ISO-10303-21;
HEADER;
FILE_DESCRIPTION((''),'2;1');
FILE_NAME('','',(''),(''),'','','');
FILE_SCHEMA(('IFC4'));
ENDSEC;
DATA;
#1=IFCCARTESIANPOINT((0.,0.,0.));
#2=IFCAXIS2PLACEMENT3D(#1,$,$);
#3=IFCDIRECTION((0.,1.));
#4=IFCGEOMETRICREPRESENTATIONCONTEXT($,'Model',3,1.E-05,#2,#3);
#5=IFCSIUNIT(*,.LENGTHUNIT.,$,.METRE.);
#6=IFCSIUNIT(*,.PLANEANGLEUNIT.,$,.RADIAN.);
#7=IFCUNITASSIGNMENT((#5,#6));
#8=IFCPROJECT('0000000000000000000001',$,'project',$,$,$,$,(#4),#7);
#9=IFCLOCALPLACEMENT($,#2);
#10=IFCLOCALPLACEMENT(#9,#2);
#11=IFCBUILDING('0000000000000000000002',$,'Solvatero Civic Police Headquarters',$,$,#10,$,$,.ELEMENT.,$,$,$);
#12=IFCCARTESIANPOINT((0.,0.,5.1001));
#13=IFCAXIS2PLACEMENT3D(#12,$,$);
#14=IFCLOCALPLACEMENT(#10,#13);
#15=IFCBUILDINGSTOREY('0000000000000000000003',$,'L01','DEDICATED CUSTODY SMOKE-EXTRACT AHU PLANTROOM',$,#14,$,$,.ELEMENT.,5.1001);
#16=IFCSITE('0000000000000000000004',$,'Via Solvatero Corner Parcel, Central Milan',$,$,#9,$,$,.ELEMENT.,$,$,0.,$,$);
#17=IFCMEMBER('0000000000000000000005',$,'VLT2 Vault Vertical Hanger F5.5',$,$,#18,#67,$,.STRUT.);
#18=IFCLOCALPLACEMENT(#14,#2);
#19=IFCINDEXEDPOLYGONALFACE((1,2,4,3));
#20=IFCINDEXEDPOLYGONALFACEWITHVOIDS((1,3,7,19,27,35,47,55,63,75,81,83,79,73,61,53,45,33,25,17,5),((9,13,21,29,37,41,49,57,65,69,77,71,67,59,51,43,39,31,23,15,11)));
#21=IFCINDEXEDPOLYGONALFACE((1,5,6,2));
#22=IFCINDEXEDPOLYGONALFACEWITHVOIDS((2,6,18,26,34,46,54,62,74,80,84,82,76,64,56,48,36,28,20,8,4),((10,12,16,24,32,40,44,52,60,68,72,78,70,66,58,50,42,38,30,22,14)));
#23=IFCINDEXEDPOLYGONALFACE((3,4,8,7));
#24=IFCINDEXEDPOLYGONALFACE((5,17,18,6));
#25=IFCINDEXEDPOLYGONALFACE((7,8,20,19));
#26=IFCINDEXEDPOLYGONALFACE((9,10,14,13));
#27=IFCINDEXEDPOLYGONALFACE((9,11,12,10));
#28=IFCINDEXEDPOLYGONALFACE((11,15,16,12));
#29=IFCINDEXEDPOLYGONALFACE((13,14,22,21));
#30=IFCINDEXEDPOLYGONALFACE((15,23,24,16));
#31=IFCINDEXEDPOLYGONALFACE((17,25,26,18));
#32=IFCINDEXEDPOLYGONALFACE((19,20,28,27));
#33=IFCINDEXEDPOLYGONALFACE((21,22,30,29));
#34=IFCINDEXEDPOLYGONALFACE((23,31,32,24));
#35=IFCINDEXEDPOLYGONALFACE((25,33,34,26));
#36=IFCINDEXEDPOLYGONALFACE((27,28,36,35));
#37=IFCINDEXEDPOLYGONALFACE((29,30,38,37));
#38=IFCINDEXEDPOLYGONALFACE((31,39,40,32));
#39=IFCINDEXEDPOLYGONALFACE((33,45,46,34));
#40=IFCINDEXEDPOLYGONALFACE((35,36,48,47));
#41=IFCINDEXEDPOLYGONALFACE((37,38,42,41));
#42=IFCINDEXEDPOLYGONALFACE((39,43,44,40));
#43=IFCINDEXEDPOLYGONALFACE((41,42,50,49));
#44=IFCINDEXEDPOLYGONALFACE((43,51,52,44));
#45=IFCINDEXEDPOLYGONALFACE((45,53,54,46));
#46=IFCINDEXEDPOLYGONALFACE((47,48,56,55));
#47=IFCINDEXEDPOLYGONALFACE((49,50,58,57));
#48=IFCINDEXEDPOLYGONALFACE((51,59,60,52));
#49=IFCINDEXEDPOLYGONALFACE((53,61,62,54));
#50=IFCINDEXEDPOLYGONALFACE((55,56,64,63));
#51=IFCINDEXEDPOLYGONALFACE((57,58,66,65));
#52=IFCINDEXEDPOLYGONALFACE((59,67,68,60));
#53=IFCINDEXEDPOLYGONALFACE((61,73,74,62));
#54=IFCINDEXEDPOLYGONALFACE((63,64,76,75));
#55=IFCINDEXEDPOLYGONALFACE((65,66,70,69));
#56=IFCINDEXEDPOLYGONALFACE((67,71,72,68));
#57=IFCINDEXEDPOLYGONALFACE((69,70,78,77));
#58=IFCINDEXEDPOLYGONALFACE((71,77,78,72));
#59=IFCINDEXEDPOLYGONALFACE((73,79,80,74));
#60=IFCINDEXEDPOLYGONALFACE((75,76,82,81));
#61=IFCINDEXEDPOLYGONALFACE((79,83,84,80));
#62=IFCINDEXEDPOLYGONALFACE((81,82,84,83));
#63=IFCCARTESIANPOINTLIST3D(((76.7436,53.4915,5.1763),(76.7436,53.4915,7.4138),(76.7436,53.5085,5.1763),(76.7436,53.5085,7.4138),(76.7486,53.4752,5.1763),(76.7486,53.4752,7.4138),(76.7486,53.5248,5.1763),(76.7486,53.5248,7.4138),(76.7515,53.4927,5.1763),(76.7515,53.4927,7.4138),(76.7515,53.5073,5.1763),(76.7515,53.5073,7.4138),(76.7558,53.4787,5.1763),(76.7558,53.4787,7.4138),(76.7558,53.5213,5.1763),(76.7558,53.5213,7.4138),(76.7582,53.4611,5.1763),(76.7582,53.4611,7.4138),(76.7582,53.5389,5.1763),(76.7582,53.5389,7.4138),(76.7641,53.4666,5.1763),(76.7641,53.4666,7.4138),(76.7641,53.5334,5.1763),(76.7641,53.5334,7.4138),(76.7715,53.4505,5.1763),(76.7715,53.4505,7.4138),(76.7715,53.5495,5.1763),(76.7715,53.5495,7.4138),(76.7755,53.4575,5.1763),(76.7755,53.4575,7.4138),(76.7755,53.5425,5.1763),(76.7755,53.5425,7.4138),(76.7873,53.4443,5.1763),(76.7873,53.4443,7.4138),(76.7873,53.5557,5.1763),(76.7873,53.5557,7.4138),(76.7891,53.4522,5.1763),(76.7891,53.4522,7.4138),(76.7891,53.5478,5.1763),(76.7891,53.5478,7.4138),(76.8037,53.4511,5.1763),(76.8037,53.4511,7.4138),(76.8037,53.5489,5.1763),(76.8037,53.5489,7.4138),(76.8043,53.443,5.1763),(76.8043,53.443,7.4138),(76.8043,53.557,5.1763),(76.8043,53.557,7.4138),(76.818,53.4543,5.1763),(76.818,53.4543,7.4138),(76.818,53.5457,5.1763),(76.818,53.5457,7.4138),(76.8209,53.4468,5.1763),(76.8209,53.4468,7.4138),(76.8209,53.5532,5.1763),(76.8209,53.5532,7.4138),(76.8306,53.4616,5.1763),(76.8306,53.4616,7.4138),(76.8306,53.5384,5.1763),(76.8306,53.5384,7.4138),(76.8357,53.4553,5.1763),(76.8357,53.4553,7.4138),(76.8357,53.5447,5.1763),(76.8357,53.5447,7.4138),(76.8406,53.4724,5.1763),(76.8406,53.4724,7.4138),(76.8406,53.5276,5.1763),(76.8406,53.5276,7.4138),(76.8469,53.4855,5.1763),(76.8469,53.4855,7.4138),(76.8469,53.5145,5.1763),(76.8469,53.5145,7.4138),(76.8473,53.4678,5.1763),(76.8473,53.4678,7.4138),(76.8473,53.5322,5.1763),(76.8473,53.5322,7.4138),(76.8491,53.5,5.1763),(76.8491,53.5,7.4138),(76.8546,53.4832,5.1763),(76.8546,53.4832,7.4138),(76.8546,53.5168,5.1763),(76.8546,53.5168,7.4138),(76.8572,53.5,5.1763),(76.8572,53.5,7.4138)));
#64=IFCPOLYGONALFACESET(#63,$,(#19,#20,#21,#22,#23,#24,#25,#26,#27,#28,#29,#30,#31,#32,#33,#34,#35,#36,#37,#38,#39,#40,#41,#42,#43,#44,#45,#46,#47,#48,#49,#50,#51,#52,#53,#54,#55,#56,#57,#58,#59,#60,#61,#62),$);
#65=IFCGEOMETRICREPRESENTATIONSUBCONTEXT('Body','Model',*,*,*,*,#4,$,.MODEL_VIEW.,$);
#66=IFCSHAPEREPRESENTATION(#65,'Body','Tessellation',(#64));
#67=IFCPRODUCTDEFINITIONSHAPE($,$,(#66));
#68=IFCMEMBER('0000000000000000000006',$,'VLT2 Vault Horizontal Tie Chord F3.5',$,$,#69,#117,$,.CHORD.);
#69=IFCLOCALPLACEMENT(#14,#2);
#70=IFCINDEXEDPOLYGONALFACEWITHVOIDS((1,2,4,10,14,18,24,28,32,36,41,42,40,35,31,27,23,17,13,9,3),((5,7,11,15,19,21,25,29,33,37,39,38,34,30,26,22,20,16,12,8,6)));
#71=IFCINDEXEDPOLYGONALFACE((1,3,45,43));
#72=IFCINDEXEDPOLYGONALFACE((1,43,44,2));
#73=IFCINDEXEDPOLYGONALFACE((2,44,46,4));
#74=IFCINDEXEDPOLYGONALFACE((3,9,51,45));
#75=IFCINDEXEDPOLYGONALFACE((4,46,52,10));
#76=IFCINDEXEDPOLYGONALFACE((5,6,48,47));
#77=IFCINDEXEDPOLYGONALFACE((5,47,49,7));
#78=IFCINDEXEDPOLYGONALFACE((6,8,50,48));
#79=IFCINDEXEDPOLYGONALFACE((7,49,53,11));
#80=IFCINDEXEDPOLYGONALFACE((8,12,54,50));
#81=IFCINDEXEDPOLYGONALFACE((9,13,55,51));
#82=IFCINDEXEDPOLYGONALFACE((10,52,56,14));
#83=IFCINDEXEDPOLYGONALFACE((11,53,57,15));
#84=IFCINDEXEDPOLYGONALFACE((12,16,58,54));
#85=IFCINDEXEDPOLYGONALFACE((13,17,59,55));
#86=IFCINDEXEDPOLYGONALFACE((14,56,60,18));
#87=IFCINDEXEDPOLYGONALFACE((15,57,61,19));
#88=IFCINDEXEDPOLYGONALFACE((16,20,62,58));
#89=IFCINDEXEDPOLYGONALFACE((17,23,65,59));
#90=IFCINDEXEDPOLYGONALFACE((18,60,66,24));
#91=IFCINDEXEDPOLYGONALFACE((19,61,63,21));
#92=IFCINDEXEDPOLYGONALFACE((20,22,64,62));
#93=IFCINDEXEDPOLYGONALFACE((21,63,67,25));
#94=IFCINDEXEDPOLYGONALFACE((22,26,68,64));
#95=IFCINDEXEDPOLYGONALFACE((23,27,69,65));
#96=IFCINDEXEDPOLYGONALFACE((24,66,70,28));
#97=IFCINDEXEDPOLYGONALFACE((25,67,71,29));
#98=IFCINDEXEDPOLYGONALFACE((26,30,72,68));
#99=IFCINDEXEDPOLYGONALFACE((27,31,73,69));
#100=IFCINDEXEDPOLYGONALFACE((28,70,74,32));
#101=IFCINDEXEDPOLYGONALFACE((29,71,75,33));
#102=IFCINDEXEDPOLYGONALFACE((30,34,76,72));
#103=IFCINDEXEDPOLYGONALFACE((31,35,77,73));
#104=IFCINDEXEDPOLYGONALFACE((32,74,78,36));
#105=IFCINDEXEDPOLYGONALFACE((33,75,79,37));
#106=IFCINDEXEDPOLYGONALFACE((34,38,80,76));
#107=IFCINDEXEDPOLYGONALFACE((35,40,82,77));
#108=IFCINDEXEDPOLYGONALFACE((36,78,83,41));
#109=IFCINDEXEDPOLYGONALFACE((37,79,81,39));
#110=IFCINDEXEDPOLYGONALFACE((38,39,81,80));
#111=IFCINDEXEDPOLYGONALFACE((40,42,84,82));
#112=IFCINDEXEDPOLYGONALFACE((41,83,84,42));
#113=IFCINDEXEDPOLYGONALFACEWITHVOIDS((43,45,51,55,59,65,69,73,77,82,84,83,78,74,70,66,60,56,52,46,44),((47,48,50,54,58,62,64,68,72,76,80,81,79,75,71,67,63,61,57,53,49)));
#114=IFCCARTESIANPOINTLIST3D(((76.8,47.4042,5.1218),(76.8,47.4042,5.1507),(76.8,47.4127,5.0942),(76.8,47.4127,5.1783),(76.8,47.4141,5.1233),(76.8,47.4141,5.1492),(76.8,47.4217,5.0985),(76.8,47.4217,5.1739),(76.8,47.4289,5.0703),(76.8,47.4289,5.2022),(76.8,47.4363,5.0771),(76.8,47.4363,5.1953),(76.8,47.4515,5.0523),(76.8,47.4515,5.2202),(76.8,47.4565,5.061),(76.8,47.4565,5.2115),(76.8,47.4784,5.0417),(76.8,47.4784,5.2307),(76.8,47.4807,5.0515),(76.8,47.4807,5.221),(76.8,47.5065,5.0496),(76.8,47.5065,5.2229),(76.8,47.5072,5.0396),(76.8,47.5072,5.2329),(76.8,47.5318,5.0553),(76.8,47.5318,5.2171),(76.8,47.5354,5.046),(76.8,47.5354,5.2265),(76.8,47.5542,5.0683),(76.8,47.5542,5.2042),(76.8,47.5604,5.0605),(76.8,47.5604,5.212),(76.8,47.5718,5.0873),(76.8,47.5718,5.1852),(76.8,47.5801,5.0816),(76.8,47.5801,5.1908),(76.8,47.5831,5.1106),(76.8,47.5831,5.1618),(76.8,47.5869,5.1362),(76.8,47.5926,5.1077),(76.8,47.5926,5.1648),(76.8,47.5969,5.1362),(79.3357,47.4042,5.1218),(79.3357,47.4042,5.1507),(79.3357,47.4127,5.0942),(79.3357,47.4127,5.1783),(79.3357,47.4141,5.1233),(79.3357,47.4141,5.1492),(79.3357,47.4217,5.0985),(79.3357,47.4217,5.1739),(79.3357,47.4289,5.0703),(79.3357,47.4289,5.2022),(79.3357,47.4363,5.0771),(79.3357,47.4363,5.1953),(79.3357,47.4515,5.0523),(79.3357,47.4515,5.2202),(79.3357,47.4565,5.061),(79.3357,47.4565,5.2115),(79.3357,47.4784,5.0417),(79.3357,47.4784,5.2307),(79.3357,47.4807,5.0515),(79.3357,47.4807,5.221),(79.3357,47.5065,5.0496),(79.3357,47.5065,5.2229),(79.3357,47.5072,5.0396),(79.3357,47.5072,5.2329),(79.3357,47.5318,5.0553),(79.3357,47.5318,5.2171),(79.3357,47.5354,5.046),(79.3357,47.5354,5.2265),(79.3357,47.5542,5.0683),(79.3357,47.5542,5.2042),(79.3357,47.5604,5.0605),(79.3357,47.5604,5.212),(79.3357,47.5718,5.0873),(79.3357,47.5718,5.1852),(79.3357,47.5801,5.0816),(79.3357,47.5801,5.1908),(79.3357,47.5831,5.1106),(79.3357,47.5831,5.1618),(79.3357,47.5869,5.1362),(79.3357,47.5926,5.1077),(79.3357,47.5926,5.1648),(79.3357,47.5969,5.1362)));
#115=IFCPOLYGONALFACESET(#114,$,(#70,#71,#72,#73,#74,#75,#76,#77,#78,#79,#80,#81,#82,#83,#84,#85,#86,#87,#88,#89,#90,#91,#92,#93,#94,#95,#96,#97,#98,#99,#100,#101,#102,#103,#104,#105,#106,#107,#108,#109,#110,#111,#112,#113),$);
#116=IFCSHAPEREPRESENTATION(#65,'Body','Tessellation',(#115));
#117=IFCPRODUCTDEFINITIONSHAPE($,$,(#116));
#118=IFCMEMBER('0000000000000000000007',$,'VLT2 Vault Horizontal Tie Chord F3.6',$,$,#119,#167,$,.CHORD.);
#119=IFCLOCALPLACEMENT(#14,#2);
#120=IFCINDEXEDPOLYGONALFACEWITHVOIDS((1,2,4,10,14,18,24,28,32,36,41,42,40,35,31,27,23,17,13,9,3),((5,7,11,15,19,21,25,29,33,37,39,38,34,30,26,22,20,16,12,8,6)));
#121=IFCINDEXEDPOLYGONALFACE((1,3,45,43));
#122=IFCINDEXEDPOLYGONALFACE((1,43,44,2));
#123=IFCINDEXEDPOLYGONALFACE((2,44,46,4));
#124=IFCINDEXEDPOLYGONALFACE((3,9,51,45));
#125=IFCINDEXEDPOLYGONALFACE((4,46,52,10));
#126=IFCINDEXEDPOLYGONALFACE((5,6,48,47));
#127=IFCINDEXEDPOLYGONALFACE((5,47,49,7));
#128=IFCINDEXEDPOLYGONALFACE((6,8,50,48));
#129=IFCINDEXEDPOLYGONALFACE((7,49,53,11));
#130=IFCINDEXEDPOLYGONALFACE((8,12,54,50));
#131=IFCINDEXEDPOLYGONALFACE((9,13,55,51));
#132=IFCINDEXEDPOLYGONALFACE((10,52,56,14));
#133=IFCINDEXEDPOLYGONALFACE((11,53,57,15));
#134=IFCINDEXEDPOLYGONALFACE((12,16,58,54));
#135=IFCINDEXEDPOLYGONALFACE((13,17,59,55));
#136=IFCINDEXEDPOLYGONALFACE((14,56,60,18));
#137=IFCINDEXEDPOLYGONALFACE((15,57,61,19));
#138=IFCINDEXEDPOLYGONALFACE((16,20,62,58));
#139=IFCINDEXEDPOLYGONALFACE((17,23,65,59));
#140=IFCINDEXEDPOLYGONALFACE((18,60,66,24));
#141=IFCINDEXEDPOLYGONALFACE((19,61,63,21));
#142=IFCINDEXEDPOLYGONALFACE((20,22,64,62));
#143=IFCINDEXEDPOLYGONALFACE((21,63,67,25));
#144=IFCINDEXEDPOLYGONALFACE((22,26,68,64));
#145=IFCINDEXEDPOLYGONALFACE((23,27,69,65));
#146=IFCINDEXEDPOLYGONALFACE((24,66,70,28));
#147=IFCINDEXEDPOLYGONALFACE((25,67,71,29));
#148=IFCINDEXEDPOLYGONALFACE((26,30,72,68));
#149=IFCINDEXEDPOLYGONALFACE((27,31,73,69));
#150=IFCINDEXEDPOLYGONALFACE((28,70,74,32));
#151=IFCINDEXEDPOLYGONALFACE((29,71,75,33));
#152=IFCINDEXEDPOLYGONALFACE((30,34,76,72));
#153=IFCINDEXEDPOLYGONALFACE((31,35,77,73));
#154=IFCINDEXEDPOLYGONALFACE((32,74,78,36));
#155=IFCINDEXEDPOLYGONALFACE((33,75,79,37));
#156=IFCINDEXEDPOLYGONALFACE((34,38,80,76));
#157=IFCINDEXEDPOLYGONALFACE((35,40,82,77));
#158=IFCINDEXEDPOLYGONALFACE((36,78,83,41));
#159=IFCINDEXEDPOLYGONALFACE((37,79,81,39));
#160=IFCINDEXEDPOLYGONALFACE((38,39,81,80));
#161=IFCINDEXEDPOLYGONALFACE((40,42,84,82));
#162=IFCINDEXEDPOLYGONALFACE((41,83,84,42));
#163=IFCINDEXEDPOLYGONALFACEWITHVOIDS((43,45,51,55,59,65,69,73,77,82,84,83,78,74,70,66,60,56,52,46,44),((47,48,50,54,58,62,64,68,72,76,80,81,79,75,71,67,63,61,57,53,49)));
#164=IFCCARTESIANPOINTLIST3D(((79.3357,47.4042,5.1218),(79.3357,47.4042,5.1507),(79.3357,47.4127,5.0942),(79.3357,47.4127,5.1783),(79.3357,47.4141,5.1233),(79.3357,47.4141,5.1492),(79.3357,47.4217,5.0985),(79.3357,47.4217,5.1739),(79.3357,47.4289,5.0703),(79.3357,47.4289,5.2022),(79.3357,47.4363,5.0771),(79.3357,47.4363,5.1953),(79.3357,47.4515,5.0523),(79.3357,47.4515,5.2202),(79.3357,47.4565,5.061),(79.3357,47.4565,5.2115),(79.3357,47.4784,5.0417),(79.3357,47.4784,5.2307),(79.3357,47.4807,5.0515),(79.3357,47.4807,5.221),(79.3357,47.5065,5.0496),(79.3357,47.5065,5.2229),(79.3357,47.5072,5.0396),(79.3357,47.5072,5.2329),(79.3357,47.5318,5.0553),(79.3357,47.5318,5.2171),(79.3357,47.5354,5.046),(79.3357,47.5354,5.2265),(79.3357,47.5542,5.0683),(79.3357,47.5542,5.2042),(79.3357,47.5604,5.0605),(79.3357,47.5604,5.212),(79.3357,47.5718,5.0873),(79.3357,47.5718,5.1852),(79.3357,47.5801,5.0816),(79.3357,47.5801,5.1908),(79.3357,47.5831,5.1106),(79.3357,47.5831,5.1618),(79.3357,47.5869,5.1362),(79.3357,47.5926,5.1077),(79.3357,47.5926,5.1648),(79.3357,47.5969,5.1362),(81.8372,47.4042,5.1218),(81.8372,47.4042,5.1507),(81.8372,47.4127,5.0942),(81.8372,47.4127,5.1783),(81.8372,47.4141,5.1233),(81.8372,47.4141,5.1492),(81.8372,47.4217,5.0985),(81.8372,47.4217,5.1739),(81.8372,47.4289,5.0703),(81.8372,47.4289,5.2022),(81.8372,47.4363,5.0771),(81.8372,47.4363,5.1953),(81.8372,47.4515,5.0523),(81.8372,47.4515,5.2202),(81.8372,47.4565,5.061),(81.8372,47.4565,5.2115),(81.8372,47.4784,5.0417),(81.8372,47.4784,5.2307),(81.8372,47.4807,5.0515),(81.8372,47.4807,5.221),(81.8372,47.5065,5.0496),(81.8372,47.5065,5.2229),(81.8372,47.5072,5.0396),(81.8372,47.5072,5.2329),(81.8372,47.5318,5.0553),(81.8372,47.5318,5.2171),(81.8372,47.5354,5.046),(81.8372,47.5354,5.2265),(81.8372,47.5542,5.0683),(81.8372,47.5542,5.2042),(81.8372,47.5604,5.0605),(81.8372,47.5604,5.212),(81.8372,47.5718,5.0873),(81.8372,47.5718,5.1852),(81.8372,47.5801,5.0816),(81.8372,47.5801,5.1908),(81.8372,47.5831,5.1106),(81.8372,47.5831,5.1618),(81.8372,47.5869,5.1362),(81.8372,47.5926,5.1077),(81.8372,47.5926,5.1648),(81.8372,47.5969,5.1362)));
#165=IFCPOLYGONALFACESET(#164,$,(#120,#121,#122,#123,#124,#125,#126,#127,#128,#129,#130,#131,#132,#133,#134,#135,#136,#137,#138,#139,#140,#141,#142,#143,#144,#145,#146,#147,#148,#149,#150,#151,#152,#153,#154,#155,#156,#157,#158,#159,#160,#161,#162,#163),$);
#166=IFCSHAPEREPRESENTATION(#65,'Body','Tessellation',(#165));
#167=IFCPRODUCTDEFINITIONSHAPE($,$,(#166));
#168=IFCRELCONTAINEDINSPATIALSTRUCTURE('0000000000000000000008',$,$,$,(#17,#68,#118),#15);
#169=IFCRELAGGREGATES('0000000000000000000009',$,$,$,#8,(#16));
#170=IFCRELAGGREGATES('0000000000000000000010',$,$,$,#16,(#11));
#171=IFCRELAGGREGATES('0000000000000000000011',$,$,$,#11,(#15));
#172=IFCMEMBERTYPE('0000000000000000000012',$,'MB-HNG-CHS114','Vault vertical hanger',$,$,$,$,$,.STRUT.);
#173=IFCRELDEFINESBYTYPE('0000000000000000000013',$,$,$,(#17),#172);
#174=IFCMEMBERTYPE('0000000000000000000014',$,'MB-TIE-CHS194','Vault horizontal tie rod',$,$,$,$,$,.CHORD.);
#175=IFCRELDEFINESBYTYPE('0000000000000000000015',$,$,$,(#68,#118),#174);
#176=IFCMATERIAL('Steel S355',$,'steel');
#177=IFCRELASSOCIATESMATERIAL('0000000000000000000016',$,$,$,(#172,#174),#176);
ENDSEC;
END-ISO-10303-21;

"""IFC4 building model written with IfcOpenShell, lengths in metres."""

from ifc_helpers import new_model, si_unit, direction, frame, origin, origin_2d, place, context, subcontext, project, spatial, hollow_circle, extrude, material, material_profile, profile_set, type_object, element, save


model = new_model("IFC4")

# Units and contexts
model_context = context("Model", 3, precision=1e-05, world=origin(), true_north=direction((0.0, 1.0)))
body_context = subcontext(model_context, "Body", "Model", "MODEL_VIEW")
ifc_project = project(units=[si_unit("LENGTHUNIT", "METRE"), si_unit("PLANEANGLEUNIT", "RADIAN")], contexts=[model_context])

# Site, building, storey
site_placement = place(None, origin())
site = spatial("IfcSite", under=ifc_project, at=site_placement, Name="Via Solvatero Corner Parcel, Central Milan", CompositionType="ELEMENT", RefElevation=0.0)
building_placement = place(site_placement, origin())
building = spatial("IfcBuilding", under=site, at=building_placement, Name="Solvatero Civic Police Headquarters", CompositionType="ELEMENT")
storey_placement = place(building_placement, frame((0.0, 0.0, 5.1001)))
storey = spatial("IfcBuildingStorey", under=building, at=storey_placement, Name="L01", Description="DEDICATED CUSTODY SMOKE-EXTRACT AHU PLANTROOM", CompositionType="ELEMENT", Elevation=5.1001)

# Shared definitions
ifc_material = material(Name="Steel S355", Category="steel")

# Members
ifc_material_profile_1 = material_profile(ifc_material, hollow_circle(Radius=0.0571, WallThickness=0.0081, at=origin_2d()), Name="CHS 114.3x8.0")
ifc_profile_set_1 = profile_set([ifc_material_profile_1], Name="Steel S355")
member_type_1 = type_object("IfcMemberType", Name="MB-HNG-CHS114", Description="Vault vertical hanger", PredefinedType="STRUT", material=ifc_profile_set_1)
member_1_placement = place(storey_placement, frame((76.8, 53.5, 5.1763), z_axis=(0.0, 0.0, 1.0), x_axis=(1.0, 0.0, 0.0)))
element("IfcMember", 1, at=member_1_placement, inside=storey, type_object=member_type_1, Name="VLT2 Vault Vertical Hanger F5.5", PredefinedType="STRUT", context=body_context, shape_type="SweptSolid", body=[
    extrude(hollow_circle(Radius=0.0571, WallThickness=0.0081, at=origin_2d()), origin(), (0.0, 0.0, 1.0), 2.2375),
])
ifc_material_profile_2 = material_profile(ifc_material, hollow_circle(Radius=0.0969, WallThickness=0.01, at=origin_2d()), Name="CHS 193.7x10.0")
ifc_profile_set_2 = profile_set([ifc_material_profile_2], Name="Steel S355")
member_type_2 = type_object("IfcMemberType", Name="MB-TIE-CHS194", Description="Vault horizontal tie rod", PredefinedType="CHORD", material=ifc_profile_set_2)
member_2_placement = place(storey_placement, frame((76.8, 47.5, 5.1362), z_axis=(1.0, 0.0, 0.0), x_axis=(0.0, 1.0, 0.0)))
element("IfcMember", 2, at=member_2_placement, inside=storey, type_object=member_type_2, Name="VLT2 Vault Horizontal Tie Chord F3.5", PredefinedType="CHORD", context=body_context, shape_type="SweptSolid", body=[
    extrude(hollow_circle(Radius=0.0969, WallThickness=0.01, at=origin_2d()), origin(), (0.0, 0.0, 1.0), 2.5356),
])
member_3_placement = place(storey_placement, frame((79.3357, 47.5, 5.1362), z_axis=(1.0, 0.0, 0.0), x_axis=(0.0, 1.0, 0.0)))
element("IfcMember", 3, at=member_3_placement, inside=storey, type_object=member_type_2, Name="VLT2 Vault Horizontal Tie Chord F3.6", PredefinedType="CHORD", context=body_context, shape_type="SweptSolid", body=[
    extrude(hollow_circle(Radius=0.0969, WallThickness=0.01, at=origin_2d()), origin(), (0.0, 0.0, 1.0), 2.5015),
])

save(model, "model.ifc")
